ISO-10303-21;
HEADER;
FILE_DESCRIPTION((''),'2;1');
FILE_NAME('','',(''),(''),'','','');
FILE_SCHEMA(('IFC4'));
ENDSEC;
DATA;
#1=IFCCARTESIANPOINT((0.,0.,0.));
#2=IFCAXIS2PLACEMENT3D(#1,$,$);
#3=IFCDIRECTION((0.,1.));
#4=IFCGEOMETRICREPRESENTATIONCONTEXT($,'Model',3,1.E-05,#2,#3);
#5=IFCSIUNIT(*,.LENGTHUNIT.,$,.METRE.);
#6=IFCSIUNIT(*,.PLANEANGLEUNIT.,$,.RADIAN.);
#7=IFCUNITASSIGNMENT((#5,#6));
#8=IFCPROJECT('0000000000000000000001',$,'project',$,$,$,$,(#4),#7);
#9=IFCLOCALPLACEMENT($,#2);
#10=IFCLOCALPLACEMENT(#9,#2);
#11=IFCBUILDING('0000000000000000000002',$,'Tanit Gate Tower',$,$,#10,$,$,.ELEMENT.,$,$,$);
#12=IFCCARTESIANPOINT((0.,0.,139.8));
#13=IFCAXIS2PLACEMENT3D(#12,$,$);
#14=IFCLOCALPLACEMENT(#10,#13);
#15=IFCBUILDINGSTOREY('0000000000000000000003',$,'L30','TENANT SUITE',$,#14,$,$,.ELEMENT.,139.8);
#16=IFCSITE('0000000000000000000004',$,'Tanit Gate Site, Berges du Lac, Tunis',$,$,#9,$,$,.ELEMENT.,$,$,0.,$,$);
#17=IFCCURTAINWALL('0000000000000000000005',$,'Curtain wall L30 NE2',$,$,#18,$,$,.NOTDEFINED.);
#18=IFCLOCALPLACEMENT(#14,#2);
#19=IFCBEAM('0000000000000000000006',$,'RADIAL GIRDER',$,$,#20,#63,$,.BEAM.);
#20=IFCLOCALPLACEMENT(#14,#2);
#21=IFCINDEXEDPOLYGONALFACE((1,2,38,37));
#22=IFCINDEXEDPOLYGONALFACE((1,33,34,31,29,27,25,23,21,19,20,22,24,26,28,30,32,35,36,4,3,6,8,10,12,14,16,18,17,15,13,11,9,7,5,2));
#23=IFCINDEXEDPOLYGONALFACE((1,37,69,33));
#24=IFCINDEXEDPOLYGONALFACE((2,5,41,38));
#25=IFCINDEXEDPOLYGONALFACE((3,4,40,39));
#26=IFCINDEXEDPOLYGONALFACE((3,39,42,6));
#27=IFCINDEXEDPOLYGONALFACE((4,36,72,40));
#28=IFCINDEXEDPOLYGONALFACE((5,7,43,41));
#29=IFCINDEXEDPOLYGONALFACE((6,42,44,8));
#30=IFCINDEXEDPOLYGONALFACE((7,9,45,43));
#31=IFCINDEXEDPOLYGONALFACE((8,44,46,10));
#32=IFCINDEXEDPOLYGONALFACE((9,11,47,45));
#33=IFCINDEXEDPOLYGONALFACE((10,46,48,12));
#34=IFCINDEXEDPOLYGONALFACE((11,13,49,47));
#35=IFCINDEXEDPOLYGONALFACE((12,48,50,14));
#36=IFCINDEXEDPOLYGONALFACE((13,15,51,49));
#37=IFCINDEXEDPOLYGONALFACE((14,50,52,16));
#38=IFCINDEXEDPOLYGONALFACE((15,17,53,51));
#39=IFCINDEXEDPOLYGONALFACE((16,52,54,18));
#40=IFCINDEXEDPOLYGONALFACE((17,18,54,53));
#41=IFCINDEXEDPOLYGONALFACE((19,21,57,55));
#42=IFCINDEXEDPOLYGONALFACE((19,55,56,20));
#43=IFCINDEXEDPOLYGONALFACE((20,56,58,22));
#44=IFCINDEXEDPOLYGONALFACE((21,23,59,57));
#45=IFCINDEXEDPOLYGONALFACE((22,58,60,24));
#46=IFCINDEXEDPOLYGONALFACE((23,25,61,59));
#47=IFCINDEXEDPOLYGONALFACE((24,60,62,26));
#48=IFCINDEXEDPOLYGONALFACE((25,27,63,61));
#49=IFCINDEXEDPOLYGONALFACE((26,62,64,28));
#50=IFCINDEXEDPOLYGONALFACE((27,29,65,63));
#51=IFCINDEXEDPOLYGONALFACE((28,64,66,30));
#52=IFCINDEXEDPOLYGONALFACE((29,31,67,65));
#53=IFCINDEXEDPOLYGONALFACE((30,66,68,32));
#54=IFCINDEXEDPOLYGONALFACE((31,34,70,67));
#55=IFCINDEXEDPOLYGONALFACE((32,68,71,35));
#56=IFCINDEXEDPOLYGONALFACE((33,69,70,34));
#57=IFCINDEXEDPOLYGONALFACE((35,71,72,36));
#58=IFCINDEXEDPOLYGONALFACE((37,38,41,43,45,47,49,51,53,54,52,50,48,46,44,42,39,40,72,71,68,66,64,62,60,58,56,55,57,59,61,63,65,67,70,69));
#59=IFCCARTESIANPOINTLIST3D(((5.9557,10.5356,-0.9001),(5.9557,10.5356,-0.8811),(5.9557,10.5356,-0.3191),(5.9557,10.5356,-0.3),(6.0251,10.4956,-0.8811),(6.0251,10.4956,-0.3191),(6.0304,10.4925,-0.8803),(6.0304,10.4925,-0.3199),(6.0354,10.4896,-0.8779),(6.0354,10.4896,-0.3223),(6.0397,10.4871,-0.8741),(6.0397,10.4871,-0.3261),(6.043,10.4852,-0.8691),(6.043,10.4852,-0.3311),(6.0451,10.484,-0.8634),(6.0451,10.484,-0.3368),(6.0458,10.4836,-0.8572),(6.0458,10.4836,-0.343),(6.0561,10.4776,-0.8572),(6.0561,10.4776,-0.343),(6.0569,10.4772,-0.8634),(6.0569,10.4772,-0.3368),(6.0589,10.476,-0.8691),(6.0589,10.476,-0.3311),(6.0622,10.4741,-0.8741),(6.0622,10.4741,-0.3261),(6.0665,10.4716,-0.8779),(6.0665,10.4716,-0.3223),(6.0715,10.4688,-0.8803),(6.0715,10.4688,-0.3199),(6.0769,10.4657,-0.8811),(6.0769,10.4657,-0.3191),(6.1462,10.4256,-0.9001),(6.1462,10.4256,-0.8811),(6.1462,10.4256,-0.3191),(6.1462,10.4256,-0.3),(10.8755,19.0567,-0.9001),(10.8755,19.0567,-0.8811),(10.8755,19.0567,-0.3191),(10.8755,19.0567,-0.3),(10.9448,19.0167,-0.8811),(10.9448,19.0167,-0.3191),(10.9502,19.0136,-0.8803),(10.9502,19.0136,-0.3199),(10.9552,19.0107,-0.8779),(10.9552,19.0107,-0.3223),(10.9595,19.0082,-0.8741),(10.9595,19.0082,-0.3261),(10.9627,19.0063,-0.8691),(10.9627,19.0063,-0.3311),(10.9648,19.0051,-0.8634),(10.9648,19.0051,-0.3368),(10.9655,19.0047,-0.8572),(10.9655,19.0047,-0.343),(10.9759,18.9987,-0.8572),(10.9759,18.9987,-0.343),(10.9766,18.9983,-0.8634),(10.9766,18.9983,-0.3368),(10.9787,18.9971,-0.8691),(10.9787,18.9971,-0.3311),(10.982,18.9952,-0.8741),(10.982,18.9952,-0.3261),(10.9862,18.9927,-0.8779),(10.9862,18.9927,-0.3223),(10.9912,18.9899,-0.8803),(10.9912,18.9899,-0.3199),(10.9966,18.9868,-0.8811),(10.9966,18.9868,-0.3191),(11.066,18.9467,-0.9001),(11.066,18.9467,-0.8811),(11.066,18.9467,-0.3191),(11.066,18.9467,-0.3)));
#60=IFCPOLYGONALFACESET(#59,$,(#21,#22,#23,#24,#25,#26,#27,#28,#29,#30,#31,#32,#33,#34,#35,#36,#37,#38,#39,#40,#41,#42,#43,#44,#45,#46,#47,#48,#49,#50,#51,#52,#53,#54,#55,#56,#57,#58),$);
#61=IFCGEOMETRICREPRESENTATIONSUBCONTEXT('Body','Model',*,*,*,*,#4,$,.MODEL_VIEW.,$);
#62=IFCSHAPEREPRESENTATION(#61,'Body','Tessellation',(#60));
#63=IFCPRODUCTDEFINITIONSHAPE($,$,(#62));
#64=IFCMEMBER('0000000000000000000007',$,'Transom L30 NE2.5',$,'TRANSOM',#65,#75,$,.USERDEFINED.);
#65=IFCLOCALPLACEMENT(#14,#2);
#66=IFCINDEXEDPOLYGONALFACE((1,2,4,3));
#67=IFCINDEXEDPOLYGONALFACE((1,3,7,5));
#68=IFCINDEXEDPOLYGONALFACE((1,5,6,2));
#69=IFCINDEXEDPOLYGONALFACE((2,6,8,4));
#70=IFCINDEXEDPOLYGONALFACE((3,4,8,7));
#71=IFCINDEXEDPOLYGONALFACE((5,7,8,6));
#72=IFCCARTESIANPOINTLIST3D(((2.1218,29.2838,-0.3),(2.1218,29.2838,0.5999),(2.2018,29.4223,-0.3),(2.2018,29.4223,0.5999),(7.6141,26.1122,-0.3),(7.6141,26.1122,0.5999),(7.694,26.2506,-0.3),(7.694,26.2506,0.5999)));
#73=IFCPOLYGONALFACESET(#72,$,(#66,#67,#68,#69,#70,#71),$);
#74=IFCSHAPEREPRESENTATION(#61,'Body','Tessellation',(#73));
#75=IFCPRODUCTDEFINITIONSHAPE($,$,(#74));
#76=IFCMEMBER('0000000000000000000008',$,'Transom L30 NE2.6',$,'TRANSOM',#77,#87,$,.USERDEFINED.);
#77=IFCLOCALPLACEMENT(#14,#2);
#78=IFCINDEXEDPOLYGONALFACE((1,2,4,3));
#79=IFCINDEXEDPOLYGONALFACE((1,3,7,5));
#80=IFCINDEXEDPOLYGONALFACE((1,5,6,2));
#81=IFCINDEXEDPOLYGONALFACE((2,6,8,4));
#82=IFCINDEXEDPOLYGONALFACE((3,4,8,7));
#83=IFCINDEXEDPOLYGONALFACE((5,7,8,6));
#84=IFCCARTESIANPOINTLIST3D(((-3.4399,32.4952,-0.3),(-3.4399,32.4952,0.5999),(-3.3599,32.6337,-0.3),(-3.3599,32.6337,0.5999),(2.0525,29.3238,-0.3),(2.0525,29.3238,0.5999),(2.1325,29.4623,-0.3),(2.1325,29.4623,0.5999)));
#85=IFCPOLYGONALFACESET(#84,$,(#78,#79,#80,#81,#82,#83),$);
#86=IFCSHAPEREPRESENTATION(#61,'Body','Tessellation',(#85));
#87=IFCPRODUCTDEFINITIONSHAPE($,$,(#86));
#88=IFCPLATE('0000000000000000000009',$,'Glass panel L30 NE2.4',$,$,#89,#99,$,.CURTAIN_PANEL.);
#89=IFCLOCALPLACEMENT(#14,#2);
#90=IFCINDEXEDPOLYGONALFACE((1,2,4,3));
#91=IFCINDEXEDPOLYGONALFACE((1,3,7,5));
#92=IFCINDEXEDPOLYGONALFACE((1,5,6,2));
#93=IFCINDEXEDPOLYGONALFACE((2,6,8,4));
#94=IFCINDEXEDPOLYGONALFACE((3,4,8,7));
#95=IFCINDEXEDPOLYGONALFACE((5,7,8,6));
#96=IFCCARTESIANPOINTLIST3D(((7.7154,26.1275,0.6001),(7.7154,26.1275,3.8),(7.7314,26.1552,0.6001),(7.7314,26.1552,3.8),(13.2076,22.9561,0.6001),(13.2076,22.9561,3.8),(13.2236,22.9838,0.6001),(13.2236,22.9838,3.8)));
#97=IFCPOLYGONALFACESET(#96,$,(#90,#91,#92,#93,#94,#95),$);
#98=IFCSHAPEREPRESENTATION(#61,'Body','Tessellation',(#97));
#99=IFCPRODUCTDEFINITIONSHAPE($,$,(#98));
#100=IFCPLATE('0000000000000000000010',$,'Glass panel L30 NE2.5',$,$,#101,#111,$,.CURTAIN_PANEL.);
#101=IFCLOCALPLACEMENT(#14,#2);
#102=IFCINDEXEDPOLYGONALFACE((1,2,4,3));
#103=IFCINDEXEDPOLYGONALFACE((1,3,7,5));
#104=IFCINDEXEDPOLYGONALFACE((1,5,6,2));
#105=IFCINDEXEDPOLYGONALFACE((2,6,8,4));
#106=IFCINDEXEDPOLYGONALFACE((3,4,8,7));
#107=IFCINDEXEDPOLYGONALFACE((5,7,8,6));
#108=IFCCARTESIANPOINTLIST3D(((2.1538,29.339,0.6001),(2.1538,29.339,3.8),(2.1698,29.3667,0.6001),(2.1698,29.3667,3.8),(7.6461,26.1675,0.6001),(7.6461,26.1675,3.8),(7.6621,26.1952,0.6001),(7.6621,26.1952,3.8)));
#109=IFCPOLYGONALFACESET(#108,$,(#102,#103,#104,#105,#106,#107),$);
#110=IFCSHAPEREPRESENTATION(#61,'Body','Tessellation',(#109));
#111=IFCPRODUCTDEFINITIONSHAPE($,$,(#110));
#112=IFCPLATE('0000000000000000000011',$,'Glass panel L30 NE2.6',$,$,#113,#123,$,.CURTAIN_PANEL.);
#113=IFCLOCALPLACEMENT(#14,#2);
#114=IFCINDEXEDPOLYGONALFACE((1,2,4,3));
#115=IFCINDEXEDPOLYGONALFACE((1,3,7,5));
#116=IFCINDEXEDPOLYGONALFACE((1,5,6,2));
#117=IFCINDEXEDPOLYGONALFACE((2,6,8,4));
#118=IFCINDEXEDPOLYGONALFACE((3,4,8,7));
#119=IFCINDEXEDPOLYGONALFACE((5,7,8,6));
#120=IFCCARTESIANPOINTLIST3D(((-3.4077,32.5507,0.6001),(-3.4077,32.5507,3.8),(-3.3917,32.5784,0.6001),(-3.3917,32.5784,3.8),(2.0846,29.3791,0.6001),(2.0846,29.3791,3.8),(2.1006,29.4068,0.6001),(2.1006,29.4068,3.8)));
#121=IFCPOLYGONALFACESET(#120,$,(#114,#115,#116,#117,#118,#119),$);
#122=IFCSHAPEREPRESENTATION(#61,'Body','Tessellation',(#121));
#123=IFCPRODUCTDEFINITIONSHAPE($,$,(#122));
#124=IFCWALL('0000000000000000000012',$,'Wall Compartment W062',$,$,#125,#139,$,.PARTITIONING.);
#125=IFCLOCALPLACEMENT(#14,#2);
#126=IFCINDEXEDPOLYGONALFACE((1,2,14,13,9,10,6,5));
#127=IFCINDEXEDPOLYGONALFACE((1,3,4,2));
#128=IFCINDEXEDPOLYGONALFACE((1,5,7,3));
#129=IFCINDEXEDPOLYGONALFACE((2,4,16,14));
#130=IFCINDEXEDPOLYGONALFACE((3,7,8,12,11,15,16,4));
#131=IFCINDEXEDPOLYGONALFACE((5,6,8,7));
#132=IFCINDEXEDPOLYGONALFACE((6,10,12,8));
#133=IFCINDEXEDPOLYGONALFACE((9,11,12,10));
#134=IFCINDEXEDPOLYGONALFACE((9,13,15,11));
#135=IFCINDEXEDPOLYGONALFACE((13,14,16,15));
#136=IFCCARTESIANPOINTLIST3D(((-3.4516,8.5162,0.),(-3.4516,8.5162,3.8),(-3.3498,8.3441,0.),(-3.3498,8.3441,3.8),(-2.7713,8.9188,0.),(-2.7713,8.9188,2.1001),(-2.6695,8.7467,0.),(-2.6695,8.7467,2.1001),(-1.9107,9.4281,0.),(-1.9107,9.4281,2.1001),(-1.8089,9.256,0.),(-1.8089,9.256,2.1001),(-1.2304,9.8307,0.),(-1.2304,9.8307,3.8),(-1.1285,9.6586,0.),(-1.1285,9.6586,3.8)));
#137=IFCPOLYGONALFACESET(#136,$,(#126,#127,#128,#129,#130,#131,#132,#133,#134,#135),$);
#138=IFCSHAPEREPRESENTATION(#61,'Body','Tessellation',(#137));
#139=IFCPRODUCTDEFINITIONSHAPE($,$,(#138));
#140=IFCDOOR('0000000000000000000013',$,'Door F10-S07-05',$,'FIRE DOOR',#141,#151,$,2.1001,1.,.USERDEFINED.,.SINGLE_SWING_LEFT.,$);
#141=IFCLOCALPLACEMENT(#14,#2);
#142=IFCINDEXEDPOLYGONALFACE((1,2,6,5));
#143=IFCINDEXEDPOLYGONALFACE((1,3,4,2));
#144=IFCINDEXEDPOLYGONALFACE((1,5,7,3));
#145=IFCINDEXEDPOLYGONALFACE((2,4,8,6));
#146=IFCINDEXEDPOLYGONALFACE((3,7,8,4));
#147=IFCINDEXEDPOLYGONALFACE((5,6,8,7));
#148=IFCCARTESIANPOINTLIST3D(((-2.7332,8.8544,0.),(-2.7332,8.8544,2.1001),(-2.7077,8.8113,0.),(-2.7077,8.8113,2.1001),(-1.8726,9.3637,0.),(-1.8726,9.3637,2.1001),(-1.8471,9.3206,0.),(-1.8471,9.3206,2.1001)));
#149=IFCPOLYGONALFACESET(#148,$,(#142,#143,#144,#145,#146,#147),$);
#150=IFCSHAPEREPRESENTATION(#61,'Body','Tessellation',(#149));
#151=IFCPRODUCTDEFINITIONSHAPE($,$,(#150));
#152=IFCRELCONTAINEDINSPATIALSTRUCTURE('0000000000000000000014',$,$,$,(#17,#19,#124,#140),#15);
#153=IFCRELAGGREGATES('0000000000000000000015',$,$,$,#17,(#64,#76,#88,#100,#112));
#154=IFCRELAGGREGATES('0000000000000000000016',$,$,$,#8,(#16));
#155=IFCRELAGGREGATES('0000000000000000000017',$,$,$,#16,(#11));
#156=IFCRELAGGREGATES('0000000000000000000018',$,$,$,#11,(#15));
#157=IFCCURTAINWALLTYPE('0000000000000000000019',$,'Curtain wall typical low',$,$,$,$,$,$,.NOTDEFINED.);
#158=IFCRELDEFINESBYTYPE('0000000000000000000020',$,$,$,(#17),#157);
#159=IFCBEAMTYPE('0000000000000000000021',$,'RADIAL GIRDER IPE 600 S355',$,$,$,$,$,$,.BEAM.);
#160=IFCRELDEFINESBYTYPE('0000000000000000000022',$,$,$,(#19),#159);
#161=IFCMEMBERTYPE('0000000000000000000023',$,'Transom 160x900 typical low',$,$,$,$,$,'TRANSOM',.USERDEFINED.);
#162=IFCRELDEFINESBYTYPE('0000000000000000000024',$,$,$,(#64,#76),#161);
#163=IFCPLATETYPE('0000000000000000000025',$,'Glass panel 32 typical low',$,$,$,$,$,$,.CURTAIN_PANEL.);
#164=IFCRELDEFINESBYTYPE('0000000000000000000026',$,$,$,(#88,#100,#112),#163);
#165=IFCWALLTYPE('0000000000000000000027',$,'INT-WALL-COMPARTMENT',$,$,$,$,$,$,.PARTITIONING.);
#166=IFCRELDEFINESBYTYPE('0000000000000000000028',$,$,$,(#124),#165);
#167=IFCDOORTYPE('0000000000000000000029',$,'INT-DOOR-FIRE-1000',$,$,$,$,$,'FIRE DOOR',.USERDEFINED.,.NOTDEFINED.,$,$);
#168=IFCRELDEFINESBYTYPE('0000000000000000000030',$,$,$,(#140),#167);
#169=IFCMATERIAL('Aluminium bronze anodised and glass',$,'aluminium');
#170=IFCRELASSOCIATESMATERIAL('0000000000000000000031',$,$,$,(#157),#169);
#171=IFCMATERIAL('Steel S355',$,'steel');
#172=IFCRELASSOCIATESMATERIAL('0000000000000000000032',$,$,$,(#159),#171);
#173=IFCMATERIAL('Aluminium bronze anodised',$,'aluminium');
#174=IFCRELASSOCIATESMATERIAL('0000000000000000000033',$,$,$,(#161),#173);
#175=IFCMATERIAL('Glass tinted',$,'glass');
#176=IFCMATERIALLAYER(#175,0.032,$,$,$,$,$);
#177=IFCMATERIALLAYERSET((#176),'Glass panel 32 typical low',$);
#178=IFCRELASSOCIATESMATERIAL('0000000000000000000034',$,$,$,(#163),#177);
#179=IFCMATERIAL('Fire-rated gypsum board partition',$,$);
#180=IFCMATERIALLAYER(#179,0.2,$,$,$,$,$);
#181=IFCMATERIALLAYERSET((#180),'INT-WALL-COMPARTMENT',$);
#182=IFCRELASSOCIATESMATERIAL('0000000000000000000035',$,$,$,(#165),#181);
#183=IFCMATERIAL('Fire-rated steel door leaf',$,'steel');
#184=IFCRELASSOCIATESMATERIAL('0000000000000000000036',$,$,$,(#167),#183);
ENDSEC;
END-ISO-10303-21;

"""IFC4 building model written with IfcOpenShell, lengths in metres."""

from ifc_helpers import new_model, si_unit, direction, frame, frame_2d, origin, origin_2d, place, context, subcontext, project, spatial, rectangle, i_section, extrude, material, layer, layer_set, material_profile, profile_set, type_object, element, fill, aggregate, save


model = new_model("IFC4")

# Units and contexts
model_context = context("Model", 3, precision=1e-05, world=origin(), true_north=direction((0.0, 1.0)))
body_context = subcontext(model_context, "Body", "Model", "MODEL_VIEW")
ifc_project = project(units=[si_unit("LENGTHUNIT", "METRE"), si_unit("PLANEANGLEUNIT", "RADIAN")], contexts=[model_context])

# Site, building, storey
site_placement = place(None, origin())
site = spatial("IfcSite", under=ifc_project, at=site_placement, Name="Tanit Gate Site, Berges du Lac, Tunis", CompositionType="ELEMENT", RefElevation=0.0)
building_placement = place(site_placement, origin())
building = spatial("IfcBuilding", under=site, at=building_placement, Name="Tanit Gate Tower", CompositionType="ELEMENT")
storey_placement = place(building_placement, frame((0.0, 0.0, 139.8)))
storey = spatial("IfcBuildingStorey", under=building, at=storey_placement, Name="L30", Description="TENANT SUITE", CompositionType="ELEMENT", Elevation=139.8)

# Curtain wall
ifc_material_1 = material(Name="Aluminium bronze anodised and glass", Category="aluminium")
curtain_wall_type = type_object("IfcCurtainWallType", Name="Curtain wall typical low", PredefinedType="NOTDEFINED", material=ifc_material_1)
curtain_wall_placement = place(storey_placement, origin())
curtain_wall = element("IfcCurtainWall", 1, at=curtain_wall_placement, inside=storey, type_object=curtain_wall_type, Name="Curtain wall L30 NE2", PredefinedType="NOTDEFINED")

# Beam
ifc_material_2 = material(Name="Steel S355", Category="steel")
ifc_material_profile_1 = material_profile(ifc_material_2, i_section(OverallWidth=0.22, OverallDepth=0.6001, WebThickness=0.012, FlangeThickness=0.019, FilletRadius=0.0239, at=origin_2d()), Name="IPE 600")
ifc_profile_set_1 = profile_set([ifc_material_profile_1], Name="Steel S355")
beam_type_1 = type_object("IfcBeamType", Name="RADIAL GIRDER IPE 600 S355", PredefinedType="BEAM", material=ifc_profile_set_1)
beam_1_placement = place(storey_placement, frame((10.9707, 19.0017, -0.6001), z_axis=(-0.500006, -0.866022, 0.0), x_axis=(0.866022, -0.500006, 0.0)))
element("IfcBeam", 2, at=beam_1_placement, inside=storey, type_object=beam_type_1, Name="RADIAL GIRDER", PredefinedType="BEAM", context=body_context, shape_type="SweptSolid", body=[
    extrude(i_section(OverallWidth=0.22, OverallDepth=0.6001, WebThickness=0.012, FlangeThickness=0.019, FilletRadius=0.0239, at=origin_2d()), origin(), (0.0, 0.0, 1.0), 9.8394),
])

# Members
ifc_material_3 = material(Name="Aluminium bronze anodised", Category="aluminium")
ifc_material_profile_2 = material_profile(ifc_material_3, rectangle(XDim=0.1599, YDim=0.8999, at=origin_2d()), Name="160x900 bronze transom")
ifc_profile_set_2 = profile_set([ifc_material_profile_2], Name="Aluminium bronze anodised")
member_type_1 = type_object("IfcMemberType", Name="Transom 160x900 typical low", ElementType="TRANSOM", PredefinedType="USERDEFINED", material=ifc_profile_set_2)
member_1_placement = place(storey_placement, frame((7.6541, 26.1814, 0.1499), z_axis=(-0.865977, 0.500085, 0.0), x_axis=(-0.500085, -0.865977, 0.0)))
member_1 = element("IfcMember", 3, at=member_1_placement, type_object=member_type_1, Name="Transom L30 NE2.5", ObjectType="TRANSOM", PredefinedType="USERDEFINED", context=body_context, shape_type="SweptSolid", body=[
    extrude(rectangle(XDim=0.1599, YDim=0.8999, at=origin_2d()), origin(), (0.0, 0.0, 1.0), 6.3423),
])
member_2_placement = place(storey_placement, frame((2.0925, 29.3931, 0.1499), z_axis=(-0.866003, 0.500039, 0.0), x_axis=(-0.500039, -0.866003, 0.0)))
member_2 = element("IfcMember", 4, at=member_2_placement, type_object=member_type_1, Name="Transom L30 NE2.6", ObjectType="TRANSOM", PredefinedType="USERDEFINED", context=body_context, shape_type="SweptSolid", body=[
    extrude(rectangle(XDim=0.1599, YDim=0.8999, at=origin_2d()), origin(), (0.0, 0.0, 1.0), 6.3423),
])

# Plates
ifc_material_4 = material(Name="Glass tinted", Category="glass")
ifc_layer_1 = layer(ifc_material_4, 0.032)
ifc_layer_set_1 = layer_set([ifc_layer_1], Name="Glass panel 32 typical low")
plate_type = type_object("IfcPlateType", Name="Glass panel 32 typical low", PredefinedType="CURTAIN_PANEL", material=ifc_layer_set_1)
plate_1_placement = place(storey_placement, frame((10.4695, 24.5557, 0.6001), z_axis=(0.0, 0.0, 1.0), x_axis=(-0.865991, 0.50006, 0.0)))
plate_1 = element("IfcPlate", 5, at=plate_1_placement, type_object=plate_type, Name="Glass panel L30 NE2.4", PredefinedType="CURTAIN_PANEL", context=body_context, shape_type="SweptSolid", body=[
    extrude(rectangle(XDim=6.342, YDim=0.032, at=origin_2d()), origin(), (0.0, 0.0, 1.0), 3.2),
])
plate_2_placement = place(storey_placement, frame((4.908, 27.7671, 0.6001), z_axis=(0.0, 0.0, 1.0), x_axis=(-0.865991, 0.50006, 0.0)))
plate_2 = element("IfcPlate", 6, at=plate_2_placement, type_object=plate_type, Name="Glass panel L30 NE2.5", PredefinedType="CURTAIN_PANEL", context=body_context, shape_type="SweptSolid", body=[
    extrude(rectangle(XDim=6.3423, YDim=0.032, at=origin_2d()), origin(), (0.0, 0.0, 1.0), 3.2),
])
plate_3_placement = place(storey_placement, frame((-0.6536, 30.9788, 0.6001), z_axis=(0.0, 0.0, 1.0), x_axis=(-0.865991, 0.50006, 0.0)))
plate_3 = element("IfcPlate", 7, at=plate_3_placement, type_object=plate_type, Name="Glass panel L30 NE2.6", PredefinedType="CURTAIN_PANEL", context=body_context, shape_type="SweptSolid", body=[
    extrude(rectangle(XDim=6.3423, YDim=0.032, at=origin_2d()), origin(), (0.0, 0.0, 1.0), 3.2),
])
aggregate(curtain_wall, [member_1, member_2, plate_1, plate_2, plate_3])

# Wall, opening, door
ifc_material_5 = material(Name="Fire-rated gypsum board partition")
ifc_layer_2 = layer(ifc_material_5, 0.2)
ifc_layer_set_2 = layer_set([ifc_layer_2], Name="INT-WALL-COMPARTMENT")
wall_type_1 = type_object("IfcWallType", Name="INT-WALL-COMPARTMENT", PredefinedType="PARTITIONING", material=ifc_layer_set_2)
wall_1_placement = place(storey_placement, frame((-1.1794, 9.7446, 0.0), z_axis=(0.0, 0.0, 1.0), x_axis=(-0.860599, -0.509284, 0.0)))
wall_1 = element("IfcWall", 8, at=wall_1_placement, inside=storey, type_object=wall_type_1, Name="Wall Compartment W062", PredefinedType="PARTITIONING", context=body_context, shape_type="SweptSolid", body=[
    extrude(rectangle(XDim=2.5811, YDim=0.2, at=frame_2d((1.2905, 0.0))), origin(), (0.0, 0.0, 1.0), 3.8),
])
opening_1_placement = place(wall_1_placement, frame((0.7905, 0.0, 0.0)))
opening_1 = element("IfcOpeningElement", 9, at=opening_1_placement, cuts=wall_1, PredefinedType="OPENING", context=body_context, shape_type="SweptSolid", body=[
    extrude(rectangle(XDim=1.0, YDim=2.1001, at=frame_2d((0.5, 1.05))), frame((0.0, 0.1099, 0.0), z_axis=(0.0, -1.0, 0.0), x_axis=(1.0, 0.0, 0.0)), (0.0, 0.0, 1.0), 0.22),
])
ifc_material_6 = material(Name="Fire-rated steel door leaf", Category="steel")
door_type_1 = type_object("IfcDoorType", Name="INT-DOOR-FIRE-1000", ElementType="FIRE DOOR", OperationType="NOTDEFINED", PredefinedType="USERDEFINED", material=ifc_material_6)
door_1_placement = place(opening_1_placement, origin())
door_1 = element("IfcDoor", 10, at=door_1_placement, inside=storey, type_object=door_type_1, Name="Door F10-S07-05", ObjectType="FIRE DOOR", OperationType="SINGLE_SWING_LEFT", OverallHeight=2.1001, OverallWidth=1.0, PredefinedType="USERDEFINED", context=body_context, shape_type="SweptSolid", body=[
    extrude(rectangle(XDim=1.0, YDim=2.1001, at=frame_2d((0.5, 1.05))), frame((0.0, 0.0249, 0.0), z_axis=(0.0, -1.0, 0.0), x_axis=(1.0, 0.0, 0.0)), (0.0, 0.0, 1.0), 0.05),
])
fill(opening_1, door_1)

save(model, "model.ifc")
